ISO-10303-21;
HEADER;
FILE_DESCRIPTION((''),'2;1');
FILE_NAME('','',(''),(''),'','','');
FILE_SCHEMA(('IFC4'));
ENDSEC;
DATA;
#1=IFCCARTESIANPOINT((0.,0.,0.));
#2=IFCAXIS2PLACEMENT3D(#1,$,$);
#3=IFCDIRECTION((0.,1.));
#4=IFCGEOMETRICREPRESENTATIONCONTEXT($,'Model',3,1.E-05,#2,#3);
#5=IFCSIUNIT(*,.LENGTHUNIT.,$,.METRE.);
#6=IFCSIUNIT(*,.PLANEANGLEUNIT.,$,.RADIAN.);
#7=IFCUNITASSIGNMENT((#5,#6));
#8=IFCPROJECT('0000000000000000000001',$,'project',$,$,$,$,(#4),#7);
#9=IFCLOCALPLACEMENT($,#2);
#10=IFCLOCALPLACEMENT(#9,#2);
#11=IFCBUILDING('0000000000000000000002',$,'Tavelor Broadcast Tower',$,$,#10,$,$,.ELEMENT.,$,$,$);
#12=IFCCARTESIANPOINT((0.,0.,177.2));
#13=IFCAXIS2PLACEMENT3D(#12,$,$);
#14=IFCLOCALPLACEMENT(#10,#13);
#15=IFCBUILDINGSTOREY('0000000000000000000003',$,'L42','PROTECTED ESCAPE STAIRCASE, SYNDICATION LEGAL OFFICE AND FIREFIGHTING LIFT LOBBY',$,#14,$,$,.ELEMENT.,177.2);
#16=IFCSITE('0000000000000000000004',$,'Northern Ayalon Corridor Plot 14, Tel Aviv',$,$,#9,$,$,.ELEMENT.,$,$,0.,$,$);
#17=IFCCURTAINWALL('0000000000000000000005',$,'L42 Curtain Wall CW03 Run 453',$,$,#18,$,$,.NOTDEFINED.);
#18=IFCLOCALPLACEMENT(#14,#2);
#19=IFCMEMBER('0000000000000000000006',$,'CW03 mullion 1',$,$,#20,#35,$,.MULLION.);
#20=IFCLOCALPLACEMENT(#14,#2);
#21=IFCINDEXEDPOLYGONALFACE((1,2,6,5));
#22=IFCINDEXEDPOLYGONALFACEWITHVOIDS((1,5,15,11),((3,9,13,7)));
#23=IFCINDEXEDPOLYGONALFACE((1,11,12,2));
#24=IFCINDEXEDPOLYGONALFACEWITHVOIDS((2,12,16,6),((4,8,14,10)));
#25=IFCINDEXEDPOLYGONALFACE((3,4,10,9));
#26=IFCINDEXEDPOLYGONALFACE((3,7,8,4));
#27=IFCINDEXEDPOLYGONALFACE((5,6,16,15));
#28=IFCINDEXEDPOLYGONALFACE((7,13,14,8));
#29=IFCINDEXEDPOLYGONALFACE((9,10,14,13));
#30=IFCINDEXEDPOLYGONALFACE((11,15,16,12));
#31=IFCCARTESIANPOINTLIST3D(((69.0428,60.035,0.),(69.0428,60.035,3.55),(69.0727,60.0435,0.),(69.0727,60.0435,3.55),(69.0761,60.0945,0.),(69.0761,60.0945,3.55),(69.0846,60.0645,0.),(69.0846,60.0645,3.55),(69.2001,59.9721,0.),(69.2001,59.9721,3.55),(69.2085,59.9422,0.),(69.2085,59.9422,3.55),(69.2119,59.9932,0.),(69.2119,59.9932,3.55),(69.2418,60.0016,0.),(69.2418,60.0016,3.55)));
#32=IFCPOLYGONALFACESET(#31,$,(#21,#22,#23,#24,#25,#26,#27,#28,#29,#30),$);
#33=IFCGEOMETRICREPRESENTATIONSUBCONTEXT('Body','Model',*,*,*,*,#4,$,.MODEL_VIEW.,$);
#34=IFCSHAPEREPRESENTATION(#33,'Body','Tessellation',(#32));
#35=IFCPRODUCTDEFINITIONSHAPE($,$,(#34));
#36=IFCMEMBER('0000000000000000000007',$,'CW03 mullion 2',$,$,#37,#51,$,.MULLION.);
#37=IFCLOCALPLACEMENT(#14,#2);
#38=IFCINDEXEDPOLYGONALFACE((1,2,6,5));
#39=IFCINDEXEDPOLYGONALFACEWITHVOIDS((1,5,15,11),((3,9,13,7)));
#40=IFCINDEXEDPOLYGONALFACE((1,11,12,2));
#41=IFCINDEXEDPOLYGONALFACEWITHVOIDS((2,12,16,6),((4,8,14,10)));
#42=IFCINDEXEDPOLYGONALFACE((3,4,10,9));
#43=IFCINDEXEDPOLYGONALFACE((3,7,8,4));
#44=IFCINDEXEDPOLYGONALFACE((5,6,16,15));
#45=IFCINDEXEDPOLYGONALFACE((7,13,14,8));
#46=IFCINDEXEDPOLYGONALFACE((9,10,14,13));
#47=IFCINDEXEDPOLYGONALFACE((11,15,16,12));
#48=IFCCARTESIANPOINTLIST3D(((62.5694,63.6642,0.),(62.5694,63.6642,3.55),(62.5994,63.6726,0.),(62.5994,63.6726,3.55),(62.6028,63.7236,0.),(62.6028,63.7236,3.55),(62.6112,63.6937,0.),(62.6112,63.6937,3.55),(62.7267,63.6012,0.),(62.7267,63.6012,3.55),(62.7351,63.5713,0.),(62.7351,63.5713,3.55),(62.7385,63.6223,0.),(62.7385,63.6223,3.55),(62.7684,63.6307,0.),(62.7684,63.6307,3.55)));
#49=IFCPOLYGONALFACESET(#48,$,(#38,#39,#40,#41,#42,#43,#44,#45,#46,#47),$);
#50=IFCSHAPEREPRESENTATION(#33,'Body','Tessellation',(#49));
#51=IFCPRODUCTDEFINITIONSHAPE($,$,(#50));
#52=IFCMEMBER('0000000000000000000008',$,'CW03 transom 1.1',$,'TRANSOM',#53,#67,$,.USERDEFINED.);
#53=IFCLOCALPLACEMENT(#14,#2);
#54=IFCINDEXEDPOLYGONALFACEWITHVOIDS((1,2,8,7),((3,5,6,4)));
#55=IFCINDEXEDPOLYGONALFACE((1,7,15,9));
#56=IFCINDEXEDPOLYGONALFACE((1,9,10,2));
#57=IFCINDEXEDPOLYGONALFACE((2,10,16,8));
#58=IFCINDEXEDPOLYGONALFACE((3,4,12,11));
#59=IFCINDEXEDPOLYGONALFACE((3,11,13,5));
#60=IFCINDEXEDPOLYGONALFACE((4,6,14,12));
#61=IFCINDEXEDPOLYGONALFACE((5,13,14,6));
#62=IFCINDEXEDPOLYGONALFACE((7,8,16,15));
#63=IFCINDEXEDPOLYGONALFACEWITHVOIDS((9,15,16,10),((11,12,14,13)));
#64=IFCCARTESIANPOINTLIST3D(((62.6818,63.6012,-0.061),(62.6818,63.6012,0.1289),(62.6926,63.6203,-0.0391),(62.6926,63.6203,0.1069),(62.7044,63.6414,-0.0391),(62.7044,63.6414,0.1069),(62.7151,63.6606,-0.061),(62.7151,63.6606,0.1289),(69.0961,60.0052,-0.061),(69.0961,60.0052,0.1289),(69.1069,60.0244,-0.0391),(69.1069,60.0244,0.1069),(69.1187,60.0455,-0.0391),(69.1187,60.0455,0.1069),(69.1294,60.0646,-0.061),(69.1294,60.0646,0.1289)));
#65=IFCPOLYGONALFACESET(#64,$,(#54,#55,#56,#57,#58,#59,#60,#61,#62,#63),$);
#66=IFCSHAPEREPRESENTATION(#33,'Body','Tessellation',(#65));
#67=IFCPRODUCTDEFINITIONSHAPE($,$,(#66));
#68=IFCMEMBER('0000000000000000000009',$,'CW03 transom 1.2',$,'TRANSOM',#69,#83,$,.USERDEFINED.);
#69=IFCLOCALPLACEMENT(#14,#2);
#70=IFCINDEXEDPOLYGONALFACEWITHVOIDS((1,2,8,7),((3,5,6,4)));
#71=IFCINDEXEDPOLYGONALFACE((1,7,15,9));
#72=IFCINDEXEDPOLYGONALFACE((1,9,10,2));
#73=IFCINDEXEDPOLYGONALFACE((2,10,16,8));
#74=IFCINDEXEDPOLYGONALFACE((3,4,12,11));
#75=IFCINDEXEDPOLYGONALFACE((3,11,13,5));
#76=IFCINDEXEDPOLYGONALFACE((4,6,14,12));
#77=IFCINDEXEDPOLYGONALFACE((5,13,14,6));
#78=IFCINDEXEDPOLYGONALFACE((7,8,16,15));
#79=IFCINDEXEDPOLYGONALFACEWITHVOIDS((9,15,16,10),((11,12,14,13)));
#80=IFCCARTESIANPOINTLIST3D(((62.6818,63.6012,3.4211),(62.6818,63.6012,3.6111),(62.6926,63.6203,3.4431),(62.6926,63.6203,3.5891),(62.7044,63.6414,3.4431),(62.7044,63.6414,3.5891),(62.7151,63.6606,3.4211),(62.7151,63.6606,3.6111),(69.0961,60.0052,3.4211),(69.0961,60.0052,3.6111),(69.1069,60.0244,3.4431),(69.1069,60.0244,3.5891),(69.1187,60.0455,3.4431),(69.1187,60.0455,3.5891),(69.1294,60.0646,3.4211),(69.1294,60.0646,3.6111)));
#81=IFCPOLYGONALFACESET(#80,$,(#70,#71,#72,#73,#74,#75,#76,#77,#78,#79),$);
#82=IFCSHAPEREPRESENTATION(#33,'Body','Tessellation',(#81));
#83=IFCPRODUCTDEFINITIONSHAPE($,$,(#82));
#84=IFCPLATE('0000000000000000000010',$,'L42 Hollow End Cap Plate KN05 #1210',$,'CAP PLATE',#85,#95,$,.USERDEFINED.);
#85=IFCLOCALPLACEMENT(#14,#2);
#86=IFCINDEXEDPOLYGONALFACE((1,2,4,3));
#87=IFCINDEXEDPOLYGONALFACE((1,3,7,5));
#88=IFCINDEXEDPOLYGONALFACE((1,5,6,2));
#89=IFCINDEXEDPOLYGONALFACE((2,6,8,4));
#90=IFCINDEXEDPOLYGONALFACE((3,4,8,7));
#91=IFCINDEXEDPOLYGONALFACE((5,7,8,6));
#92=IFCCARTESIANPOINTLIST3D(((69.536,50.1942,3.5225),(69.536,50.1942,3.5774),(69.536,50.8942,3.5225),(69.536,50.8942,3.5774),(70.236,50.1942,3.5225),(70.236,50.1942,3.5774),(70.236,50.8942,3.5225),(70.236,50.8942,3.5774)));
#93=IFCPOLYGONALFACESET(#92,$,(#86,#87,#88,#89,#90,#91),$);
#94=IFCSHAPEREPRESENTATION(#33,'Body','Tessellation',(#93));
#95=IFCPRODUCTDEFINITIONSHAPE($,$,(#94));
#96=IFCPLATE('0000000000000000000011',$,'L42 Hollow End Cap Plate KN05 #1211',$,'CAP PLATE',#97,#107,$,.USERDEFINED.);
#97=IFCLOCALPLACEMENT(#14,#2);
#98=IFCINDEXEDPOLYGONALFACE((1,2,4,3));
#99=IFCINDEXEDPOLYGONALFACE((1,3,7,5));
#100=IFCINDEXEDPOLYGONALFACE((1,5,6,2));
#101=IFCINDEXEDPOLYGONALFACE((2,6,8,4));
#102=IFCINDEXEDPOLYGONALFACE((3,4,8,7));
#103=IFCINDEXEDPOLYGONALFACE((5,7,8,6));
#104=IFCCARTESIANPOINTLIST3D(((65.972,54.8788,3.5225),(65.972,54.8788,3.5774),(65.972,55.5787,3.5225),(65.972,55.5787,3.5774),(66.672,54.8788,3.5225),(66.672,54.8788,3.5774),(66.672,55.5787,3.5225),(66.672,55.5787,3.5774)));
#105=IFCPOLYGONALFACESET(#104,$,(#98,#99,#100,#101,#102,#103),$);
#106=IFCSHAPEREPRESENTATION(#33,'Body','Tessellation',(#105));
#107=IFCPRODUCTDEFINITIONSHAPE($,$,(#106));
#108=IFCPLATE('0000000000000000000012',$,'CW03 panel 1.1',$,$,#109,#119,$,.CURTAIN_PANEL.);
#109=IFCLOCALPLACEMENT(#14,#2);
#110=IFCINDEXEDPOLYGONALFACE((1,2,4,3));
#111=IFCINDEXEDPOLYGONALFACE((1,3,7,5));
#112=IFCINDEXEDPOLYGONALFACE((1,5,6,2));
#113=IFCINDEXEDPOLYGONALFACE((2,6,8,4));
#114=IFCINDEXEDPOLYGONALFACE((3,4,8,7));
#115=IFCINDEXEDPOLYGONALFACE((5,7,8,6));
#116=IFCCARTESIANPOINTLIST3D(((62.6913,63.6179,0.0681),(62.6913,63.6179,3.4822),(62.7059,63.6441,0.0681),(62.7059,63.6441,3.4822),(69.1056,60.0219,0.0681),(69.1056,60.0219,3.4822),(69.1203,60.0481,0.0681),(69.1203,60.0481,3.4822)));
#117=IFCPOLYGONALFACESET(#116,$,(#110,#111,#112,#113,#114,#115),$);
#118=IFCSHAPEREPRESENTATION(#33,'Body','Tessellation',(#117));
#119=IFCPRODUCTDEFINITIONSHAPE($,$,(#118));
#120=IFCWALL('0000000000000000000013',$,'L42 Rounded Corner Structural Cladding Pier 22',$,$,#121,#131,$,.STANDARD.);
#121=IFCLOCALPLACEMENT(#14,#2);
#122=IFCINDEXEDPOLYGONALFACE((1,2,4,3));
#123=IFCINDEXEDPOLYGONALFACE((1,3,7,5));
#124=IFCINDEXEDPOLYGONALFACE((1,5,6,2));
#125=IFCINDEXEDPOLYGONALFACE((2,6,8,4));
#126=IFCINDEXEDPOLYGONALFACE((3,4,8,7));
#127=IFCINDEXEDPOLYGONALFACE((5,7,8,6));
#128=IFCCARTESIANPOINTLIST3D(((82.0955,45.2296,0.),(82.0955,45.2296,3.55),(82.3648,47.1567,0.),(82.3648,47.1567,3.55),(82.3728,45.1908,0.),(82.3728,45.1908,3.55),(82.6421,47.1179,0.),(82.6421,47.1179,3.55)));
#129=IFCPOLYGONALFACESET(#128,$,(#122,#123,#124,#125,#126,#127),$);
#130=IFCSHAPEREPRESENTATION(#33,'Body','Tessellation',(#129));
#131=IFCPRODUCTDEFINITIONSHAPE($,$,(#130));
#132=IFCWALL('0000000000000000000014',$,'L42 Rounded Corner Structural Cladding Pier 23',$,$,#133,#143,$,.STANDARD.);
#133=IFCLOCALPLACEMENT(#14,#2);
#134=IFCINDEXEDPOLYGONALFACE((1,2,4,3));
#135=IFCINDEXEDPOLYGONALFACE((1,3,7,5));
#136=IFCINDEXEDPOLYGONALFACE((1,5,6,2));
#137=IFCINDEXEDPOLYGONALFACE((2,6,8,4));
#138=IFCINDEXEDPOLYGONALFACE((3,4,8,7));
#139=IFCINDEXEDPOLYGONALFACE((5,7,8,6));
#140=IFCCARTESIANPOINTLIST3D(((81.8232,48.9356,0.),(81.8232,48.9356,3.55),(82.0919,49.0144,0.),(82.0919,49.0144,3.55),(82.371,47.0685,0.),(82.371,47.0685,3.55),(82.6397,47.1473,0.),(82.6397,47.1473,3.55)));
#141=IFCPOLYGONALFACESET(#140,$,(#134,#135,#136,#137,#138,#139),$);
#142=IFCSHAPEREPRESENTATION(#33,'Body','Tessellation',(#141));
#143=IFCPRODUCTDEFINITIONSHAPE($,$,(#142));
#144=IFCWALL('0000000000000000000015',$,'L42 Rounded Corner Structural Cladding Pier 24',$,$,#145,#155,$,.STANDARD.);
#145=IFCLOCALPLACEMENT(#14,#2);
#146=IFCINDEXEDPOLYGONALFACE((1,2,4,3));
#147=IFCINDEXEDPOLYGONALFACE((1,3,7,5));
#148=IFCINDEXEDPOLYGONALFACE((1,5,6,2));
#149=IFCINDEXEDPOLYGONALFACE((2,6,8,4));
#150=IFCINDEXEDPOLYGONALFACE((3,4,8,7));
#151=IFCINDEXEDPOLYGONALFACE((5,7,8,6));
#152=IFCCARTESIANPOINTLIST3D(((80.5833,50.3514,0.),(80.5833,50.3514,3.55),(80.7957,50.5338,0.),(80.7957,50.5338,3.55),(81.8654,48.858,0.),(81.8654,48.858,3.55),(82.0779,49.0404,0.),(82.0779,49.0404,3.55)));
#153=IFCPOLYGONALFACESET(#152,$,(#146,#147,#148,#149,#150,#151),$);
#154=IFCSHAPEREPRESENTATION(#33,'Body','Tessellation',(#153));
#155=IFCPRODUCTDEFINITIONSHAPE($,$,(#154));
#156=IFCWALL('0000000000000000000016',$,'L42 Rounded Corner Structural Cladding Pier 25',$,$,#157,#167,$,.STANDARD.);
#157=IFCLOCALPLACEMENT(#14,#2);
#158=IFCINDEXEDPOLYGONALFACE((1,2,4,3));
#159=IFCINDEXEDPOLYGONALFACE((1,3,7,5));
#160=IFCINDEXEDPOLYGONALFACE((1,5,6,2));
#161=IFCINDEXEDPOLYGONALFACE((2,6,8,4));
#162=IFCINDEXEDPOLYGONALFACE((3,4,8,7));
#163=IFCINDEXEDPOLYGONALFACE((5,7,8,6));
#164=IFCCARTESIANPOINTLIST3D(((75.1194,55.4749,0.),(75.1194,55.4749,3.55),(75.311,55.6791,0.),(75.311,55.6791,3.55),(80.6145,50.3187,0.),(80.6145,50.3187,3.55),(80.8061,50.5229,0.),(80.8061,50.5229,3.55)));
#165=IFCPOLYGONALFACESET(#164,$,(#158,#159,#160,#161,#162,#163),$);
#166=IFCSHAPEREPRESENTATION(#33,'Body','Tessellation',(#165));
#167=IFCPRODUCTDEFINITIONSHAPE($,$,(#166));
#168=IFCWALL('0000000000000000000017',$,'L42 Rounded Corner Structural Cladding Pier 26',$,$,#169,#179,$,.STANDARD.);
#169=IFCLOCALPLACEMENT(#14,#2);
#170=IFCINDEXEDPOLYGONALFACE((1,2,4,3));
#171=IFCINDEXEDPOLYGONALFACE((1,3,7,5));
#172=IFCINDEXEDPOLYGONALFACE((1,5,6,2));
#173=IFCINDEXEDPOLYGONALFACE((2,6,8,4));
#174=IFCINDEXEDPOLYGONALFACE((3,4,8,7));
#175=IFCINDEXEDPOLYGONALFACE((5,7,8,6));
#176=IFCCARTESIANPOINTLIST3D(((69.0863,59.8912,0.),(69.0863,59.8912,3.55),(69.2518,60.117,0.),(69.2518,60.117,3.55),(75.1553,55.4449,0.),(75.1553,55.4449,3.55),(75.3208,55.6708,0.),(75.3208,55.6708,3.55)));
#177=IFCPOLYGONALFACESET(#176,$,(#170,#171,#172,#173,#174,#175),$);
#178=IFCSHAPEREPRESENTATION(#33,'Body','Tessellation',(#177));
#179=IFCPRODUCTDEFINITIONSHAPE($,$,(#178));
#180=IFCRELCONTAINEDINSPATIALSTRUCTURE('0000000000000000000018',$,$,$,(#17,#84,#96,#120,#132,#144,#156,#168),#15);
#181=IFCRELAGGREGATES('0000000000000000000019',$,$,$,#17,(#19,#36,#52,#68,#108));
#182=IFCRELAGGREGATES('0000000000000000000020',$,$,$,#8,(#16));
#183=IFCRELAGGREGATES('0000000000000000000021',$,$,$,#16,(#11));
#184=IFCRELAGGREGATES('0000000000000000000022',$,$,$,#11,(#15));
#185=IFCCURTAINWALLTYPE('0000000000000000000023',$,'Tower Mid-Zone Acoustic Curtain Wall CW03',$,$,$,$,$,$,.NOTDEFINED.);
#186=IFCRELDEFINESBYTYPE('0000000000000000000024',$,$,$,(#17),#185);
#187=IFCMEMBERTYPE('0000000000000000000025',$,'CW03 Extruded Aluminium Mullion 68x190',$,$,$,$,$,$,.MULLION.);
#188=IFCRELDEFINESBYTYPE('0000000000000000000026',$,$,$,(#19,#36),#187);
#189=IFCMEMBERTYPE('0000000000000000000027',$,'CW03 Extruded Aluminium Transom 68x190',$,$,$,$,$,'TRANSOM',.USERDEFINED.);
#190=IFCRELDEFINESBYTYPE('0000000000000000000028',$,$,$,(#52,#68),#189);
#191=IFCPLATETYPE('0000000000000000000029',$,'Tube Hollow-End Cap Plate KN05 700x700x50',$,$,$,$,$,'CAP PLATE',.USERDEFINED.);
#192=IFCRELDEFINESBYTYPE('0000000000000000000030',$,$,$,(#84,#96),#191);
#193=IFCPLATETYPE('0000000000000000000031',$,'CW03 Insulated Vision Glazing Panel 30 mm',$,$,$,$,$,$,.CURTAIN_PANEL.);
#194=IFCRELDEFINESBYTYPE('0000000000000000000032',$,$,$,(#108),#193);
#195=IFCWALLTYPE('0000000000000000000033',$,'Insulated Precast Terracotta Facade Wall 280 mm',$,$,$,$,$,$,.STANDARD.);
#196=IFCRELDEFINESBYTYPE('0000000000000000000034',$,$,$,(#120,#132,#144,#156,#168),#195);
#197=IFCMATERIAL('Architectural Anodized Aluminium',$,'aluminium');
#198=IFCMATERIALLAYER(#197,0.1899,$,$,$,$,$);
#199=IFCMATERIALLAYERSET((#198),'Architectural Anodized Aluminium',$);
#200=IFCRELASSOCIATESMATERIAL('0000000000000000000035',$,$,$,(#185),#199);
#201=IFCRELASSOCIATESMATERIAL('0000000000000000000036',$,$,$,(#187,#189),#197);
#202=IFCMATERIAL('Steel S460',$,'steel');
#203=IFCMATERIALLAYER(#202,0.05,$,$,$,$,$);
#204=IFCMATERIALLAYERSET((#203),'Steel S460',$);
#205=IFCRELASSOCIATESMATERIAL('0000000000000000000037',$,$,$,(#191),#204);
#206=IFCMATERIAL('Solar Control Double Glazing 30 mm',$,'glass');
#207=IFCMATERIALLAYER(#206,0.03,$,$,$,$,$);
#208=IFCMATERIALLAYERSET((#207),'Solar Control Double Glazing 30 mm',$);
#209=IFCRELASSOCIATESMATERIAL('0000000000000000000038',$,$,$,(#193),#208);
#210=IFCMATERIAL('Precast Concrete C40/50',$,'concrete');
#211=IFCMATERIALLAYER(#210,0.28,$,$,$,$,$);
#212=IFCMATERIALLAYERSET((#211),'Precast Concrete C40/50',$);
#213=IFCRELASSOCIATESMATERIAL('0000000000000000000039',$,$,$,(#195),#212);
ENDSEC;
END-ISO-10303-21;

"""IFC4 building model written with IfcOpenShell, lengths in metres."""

from ifc_helpers import new_model, si_unit, direction, frame, frame_2d, origin, origin_2d, place, context, subcontext, project, spatial, rectangle, hollow_rectangle, extrude, source, transform, mapped, material, layer, layer_set, material_profile, profile_set, type_object, type_shapes, element, aggregate, save


model = new_model("IFC4")

# Units and contexts
model_context = context("Model", 3, precision=1e-05, world=origin(), true_north=direction((0.0, 1.0)))
body_context = subcontext(model_context, "Body", "Model", "MODEL_VIEW")
ifc_project = project(units=[si_unit("LENGTHUNIT", "METRE"), si_unit("PLANEANGLEUNIT", "RADIAN")], contexts=[model_context])

# Site, building, storey
site_placement = place(None, origin())
site = spatial("IfcSite", under=ifc_project, at=site_placement, Name="Northern Ayalon Corridor Plot 14, Tel Aviv", CompositionType="ELEMENT", RefElevation=0.0)
building_placement = place(site_placement, origin())
building = spatial("IfcBuilding", under=site, at=building_placement, Name="Tavelor Broadcast Tower", CompositionType="ELEMENT")
storey_placement = place(building_placement, frame((0.0, 0.0, 177.2)))
storey = spatial("IfcBuildingStorey", under=building, at=storey_placement, Name="L42", Description="PROTECTED ESCAPE STAIRCASE, SYNDICATION LEGAL OFFICE AND FIREFIGHTING LIFT LOBBY", CompositionType="ELEMENT", Elevation=177.2)

# Shared definitions
ifc_material_1 = material(Name="Steel S460", Category="steel")

# Curtain wall, members
ifc_material_2 = material(Name="Architectural Anodized Aluminium", Category="aluminium")
ifc_layer_1 = layer(ifc_material_2, 0.1899)
ifc_layer_set_1 = layer_set([ifc_layer_1], Name="Architectural Anodized Aluminium")
curtain_wall_type = type_object("IfcCurtainWallType", Name="Tower Mid-Zone Acoustic Curtain Wall CW03", PredefinedType="NOTDEFINED", material=ifc_layer_set_1)
curtain_wall_placement = place(storey_placement, origin())
curtain_wall = element("IfcCurtainWall", 1, at=curtain_wall_placement, inside=storey, type_object=curtain_wall_type, Name="L42 Curtain Wall CW03 Run 453", PredefinedType="NOTDEFINED")
ifc_material_profile_1 = material_profile(ifc_material_2, hollow_rectangle(XDim=0.0681, YDim=0.1899, WallThickness=0.022, at=origin_2d()), Name="RHS 68x190x22")
ifc_profile_set_1 = profile_set([ifc_material_profile_1], Name="Architectural Anodized Aluminium")
member_type_1 = type_object("IfcMemberType", Name="CW03 Extruded Aluminium Mullion 68x190", PredefinedType="MULLION", material=ifc_profile_set_1)
shared_shape_1 = source(origin(), body_context, "Body", "SweptSolid", [
    extrude(hollow_rectangle(XDim=0.0681, YDim=0.1899, WallThickness=0.022, at=origin_2d()), origin(), (0.0, 0.0, 1.0), 3.55),
])
type_shapes(member_type_1, [shared_shape_1])
member_1_placement = place(storey_placement, frame((69.1423, 60.0183, 0.0), z_axis=(0.0, 0.0, 1.0), x_axis=(-0.489007, -0.87228, 0.0)))
member_1 = element("IfcMember", 2, at=member_1_placement, type_object=member_type_1, Name="CW03 mullion 1", PredefinedType="MULLION", context=body_context, shape_type="MappedRepresentation", body=[
    mapped(shared_shape_1, transform((0.0, 0.0, 0.0), scale=1.0)),
])
member_2_placement = place(storey_placement, frame((62.6689, 63.6475, 0.0), z_axis=(0.0, 0.0, 1.0), x_axis=(-0.489007, -0.87228, 0.0)))
member_2 = element("IfcMember", 3, at=member_2_placement, type_object=member_type_1, Name="CW03 mullion 2", PredefinedType="MULLION", context=body_context, shape_type="MappedRepresentation", body=[
    mapped(shared_shape_1, transform((0.0, 0.0, 0.0), scale=1.0)),
])
ifc_material_profile_2 = material_profile(ifc_material_2, hollow_rectangle(XDim=0.0681, YDim=0.1899, WallThickness=0.022, at=origin_2d()), Name="RHS 68x190x22")
ifc_profile_set_2 = profile_set([ifc_material_profile_2], Name="Architectural Anodized Aluminium")
member_type_2 = type_object("IfcMemberType", Name="CW03 Extruded Aluminium Transom 68x190", ElementType="TRANSOM", PredefinedType="USERDEFINED", material=ifc_profile_set_2)
shared_shape_2 = source(origin(), body_context, "Body", "SweptSolid", [
    extrude(hollow_rectangle(XDim=0.0681, YDim=0.1899, WallThickness=0.022, at=origin_2d()), origin(), (0.0, 0.0, 1.0), 7.3535),
])
type_shapes(member_type_2, [shared_shape_2])
member_3_placement = place(storey_placement, frame((69.1128, 60.0349, 0.0339), z_axis=(-0.872278, 0.489011, 0.0), x_axis=(-0.489011, -0.872278, 0.0)))
member_3 = element("IfcMember", 4, at=member_3_placement, type_object=member_type_2, Name="CW03 transom 1.1", ObjectType="TRANSOM", PredefinedType="USERDEFINED", context=body_context, shape_type="MappedRepresentation", body=[
    mapped(shared_shape_2, transform((0.0, 0.0, 0.0), scale=1.0)),
])
member_4_placement = place(storey_placement, frame((69.1128, 60.0349, 3.5161), z_axis=(-0.872278, 0.489011, 0.0), x_axis=(-0.489011, -0.872278, 0.0)))
member_4 = element("IfcMember", 5, at=member_4_placement, type_object=member_type_2, Name="CW03 transom 1.2", ObjectType="TRANSOM", PredefinedType="USERDEFINED", context=body_context, shape_type="MappedRepresentation", body=[
    mapped(shared_shape_2, transform((0.0, 0.0, 0.0), scale=1.0)),
])

# Plates
ifc_layer_2 = layer(ifc_material_1, 0.05)
ifc_layer_set_2 = layer_set([ifc_layer_2], Name="Steel S460")
plate_type_1 = type_object("IfcPlateType", Name="Tube Hollow-End Cap Plate KN05 700x700x50", ElementType="CAP PLATE", PredefinedType="USERDEFINED", material=ifc_layer_set_2)
shared_shape_3 = source(origin(), body_context, "Body", "SweptSolid", [
    extrude(rectangle(XDim=0.7, YDim=0.7, at=origin_2d()), origin(), (0.0, 0.0, 1.0), 0.0549),
])
type_shapes(plate_type_1, [shared_shape_3])
for number, where, z_axis, x_axis, name in (
    (6, (69.886, 50.5442, 3.5225), (0.0, 0.0, 1.0), (1.0, 0.0, 0.0), "L42 Hollow End Cap Plate KN05 #1210"),
    (7, (66.322, 55.2288, 3.5225), (0.0, 0.0, 1.0), (1.0, 0.0, 0.0), "L42 Hollow End Cap Plate KN05 #1211"),
):
    element("IfcPlate", number, at=place(storey_placement, frame(where, z_axis=z_axis, x_axis=x_axis)), inside=storey, type_object=plate_type_1, Name=name, ObjectType="CAP PLATE", PredefinedType="USERDEFINED", context=body_context, shape_type="MappedRepresentation", body=[
        mapped(shared_shape_3, transform((0.0, 0.0, 0.0), scale=1.0)),
    ])

# Plate
ifc_material_3 = material(Name="Solar Control Double Glazing 30 mm", Category="glass")
ifc_layer_3 = layer(ifc_material_3, 0.03)
ifc_layer_set_3 = layer_set([ifc_layer_3], Name="Solar Control Double Glazing 30 mm")
plate_type_2 = type_object("IfcPlateType", Name="CW03 Insulated Vision Glazing Panel 30 mm", PredefinedType="CURTAIN_PANEL", material=ifc_layer_set_3)
shared_shape_4 = source(origin(), body_context, "Body", "SweptSolid", [
    extrude(rectangle(XDim=7.3535, YDim=0.03, at=origin_2d()), origin(), (0.0, 0.0, 1.0), 3.4141),
])
type_shapes(plate_type_2, [shared_shape_4])
plate_placement = place(storey_placement, frame((65.9058, 61.833, 0.0681), z_axis=(0.0, 0.0, 1.0), x_axis=(-0.87228, 0.489007, 0.0)))
plate = element("IfcPlate", 8, at=plate_placement, type_object=plate_type_2, Name="CW03 panel 1.1", PredefinedType="CURTAIN_PANEL", context=body_context, shape_type="MappedRepresentation", body=[
    mapped(shared_shape_4, transform((0.0, 0.0, 0.0), scale=1.0)),
])
aggregate(curtain_wall, [member_1, member_2, member_3, member_4, plate])

# Walls
ifc_material_4 = material(Name="Precast Concrete C40/50", Category="concrete")
ifc_layer_4 = layer(ifc_material_4, 0.28)
ifc_layer_set_4 = layer_set([ifc_layer_4], Name="Precast Concrete C40/50")
wall_type_1 = type_object("IfcWallType", Name="Insulated Precast Terracotta Facade Wall 280 mm", PredefinedType="STANDARD", material=ifc_layer_set_4)
for number, where, z_axis, x_axis, name in (
    (9, (82.2341, 45.2102, 0.0), (0.0, 0.0, 1.0), (0.138399, 0.990377, 0.0), "L42 Rounded Corner Structural Cladding Pier 22"),
    (10, (82.5054, 47.1079, 0.0), (0.0, 0.0, 1.0), (-0.281541, 0.959549, 0.0), "L42 Rounded Corner Structural Cladding Pier 23"),
):
    element("IfcWall", number, at=place(storey_placement, frame(where, z_axis=z_axis, x_axis=x_axis)), inside=storey, type_object=wall_type_1, Name=name, PredefinedType="STANDARD", context=body_context, shape_type="SweptSolid", body=[
        extrude(rectangle(XDim=1.9458, YDim=0.28, at=frame_2d((0.9729, 0.0))), origin(), (0.0, 0.0, 1.0), 3.55),
    ])
wall_1_placement = place(storey_placement, frame((81.9717, 48.9492, 0.0), z_axis=(0.0, 0.0, 1.0), x_axis=(-0.651424, 0.758714, 0.0)))
element("IfcWall", 11, at=wall_1_placement, inside=storey, type_object=wall_type_1, Name="L42 Rounded Corner Structural Cladding Pier 24", PredefinedType="STANDARD", context=body_context, shape_type="SweptSolid", body=[
    extrude(rectangle(XDim=1.9683, YDim=0.28, at=frame_2d((0.9841, 0.0))), origin(), (0.0, 0.0, 1.0), 3.55),
])
wall_2_placement = place(storey_placement, frame((80.7102, 50.4209, 0.0), z_axis=(0.0, 0.0, 1.0), x_axis=(-0.729234, 0.684264, 0.0)))
element("IfcWall", 12, at=wall_2_placement, inside=storey, type_object=wall_type_1, Name="L42 Rounded Corner Structural Cladding Pier 25", PredefinedType="STANDARD", context=body_context, shape_type="SweptSolid", body=[
    extrude(rectangle(XDim=7.5354, YDim=0.28, at=frame_2d((3.7676, 0.0))), origin(), (0.0, 0.0, 1.0), 3.55),
])
wall_3_placement = place(storey_placement, frame((75.238, 55.5579, 0.0), z_axis=(0.0, 0.0, 1.0), x_axis=(-0.806682, 0.590985, 0.0)))
element("IfcWall", 13, at=wall_3_placement, inside=storey, type_object=wall_type_1, Name="L42 Rounded Corner Structural Cladding Pier 26", PredefinedType="STANDARD", context=body_context, shape_type="SweptSolid", body=[
    extrude(rectangle(XDim=7.5234, YDim=0.28, at=frame_2d((3.7617, 0.0))), origin(), (0.0, 0.0, 1.0), 3.55),
])

save(model, "model.ifc")
